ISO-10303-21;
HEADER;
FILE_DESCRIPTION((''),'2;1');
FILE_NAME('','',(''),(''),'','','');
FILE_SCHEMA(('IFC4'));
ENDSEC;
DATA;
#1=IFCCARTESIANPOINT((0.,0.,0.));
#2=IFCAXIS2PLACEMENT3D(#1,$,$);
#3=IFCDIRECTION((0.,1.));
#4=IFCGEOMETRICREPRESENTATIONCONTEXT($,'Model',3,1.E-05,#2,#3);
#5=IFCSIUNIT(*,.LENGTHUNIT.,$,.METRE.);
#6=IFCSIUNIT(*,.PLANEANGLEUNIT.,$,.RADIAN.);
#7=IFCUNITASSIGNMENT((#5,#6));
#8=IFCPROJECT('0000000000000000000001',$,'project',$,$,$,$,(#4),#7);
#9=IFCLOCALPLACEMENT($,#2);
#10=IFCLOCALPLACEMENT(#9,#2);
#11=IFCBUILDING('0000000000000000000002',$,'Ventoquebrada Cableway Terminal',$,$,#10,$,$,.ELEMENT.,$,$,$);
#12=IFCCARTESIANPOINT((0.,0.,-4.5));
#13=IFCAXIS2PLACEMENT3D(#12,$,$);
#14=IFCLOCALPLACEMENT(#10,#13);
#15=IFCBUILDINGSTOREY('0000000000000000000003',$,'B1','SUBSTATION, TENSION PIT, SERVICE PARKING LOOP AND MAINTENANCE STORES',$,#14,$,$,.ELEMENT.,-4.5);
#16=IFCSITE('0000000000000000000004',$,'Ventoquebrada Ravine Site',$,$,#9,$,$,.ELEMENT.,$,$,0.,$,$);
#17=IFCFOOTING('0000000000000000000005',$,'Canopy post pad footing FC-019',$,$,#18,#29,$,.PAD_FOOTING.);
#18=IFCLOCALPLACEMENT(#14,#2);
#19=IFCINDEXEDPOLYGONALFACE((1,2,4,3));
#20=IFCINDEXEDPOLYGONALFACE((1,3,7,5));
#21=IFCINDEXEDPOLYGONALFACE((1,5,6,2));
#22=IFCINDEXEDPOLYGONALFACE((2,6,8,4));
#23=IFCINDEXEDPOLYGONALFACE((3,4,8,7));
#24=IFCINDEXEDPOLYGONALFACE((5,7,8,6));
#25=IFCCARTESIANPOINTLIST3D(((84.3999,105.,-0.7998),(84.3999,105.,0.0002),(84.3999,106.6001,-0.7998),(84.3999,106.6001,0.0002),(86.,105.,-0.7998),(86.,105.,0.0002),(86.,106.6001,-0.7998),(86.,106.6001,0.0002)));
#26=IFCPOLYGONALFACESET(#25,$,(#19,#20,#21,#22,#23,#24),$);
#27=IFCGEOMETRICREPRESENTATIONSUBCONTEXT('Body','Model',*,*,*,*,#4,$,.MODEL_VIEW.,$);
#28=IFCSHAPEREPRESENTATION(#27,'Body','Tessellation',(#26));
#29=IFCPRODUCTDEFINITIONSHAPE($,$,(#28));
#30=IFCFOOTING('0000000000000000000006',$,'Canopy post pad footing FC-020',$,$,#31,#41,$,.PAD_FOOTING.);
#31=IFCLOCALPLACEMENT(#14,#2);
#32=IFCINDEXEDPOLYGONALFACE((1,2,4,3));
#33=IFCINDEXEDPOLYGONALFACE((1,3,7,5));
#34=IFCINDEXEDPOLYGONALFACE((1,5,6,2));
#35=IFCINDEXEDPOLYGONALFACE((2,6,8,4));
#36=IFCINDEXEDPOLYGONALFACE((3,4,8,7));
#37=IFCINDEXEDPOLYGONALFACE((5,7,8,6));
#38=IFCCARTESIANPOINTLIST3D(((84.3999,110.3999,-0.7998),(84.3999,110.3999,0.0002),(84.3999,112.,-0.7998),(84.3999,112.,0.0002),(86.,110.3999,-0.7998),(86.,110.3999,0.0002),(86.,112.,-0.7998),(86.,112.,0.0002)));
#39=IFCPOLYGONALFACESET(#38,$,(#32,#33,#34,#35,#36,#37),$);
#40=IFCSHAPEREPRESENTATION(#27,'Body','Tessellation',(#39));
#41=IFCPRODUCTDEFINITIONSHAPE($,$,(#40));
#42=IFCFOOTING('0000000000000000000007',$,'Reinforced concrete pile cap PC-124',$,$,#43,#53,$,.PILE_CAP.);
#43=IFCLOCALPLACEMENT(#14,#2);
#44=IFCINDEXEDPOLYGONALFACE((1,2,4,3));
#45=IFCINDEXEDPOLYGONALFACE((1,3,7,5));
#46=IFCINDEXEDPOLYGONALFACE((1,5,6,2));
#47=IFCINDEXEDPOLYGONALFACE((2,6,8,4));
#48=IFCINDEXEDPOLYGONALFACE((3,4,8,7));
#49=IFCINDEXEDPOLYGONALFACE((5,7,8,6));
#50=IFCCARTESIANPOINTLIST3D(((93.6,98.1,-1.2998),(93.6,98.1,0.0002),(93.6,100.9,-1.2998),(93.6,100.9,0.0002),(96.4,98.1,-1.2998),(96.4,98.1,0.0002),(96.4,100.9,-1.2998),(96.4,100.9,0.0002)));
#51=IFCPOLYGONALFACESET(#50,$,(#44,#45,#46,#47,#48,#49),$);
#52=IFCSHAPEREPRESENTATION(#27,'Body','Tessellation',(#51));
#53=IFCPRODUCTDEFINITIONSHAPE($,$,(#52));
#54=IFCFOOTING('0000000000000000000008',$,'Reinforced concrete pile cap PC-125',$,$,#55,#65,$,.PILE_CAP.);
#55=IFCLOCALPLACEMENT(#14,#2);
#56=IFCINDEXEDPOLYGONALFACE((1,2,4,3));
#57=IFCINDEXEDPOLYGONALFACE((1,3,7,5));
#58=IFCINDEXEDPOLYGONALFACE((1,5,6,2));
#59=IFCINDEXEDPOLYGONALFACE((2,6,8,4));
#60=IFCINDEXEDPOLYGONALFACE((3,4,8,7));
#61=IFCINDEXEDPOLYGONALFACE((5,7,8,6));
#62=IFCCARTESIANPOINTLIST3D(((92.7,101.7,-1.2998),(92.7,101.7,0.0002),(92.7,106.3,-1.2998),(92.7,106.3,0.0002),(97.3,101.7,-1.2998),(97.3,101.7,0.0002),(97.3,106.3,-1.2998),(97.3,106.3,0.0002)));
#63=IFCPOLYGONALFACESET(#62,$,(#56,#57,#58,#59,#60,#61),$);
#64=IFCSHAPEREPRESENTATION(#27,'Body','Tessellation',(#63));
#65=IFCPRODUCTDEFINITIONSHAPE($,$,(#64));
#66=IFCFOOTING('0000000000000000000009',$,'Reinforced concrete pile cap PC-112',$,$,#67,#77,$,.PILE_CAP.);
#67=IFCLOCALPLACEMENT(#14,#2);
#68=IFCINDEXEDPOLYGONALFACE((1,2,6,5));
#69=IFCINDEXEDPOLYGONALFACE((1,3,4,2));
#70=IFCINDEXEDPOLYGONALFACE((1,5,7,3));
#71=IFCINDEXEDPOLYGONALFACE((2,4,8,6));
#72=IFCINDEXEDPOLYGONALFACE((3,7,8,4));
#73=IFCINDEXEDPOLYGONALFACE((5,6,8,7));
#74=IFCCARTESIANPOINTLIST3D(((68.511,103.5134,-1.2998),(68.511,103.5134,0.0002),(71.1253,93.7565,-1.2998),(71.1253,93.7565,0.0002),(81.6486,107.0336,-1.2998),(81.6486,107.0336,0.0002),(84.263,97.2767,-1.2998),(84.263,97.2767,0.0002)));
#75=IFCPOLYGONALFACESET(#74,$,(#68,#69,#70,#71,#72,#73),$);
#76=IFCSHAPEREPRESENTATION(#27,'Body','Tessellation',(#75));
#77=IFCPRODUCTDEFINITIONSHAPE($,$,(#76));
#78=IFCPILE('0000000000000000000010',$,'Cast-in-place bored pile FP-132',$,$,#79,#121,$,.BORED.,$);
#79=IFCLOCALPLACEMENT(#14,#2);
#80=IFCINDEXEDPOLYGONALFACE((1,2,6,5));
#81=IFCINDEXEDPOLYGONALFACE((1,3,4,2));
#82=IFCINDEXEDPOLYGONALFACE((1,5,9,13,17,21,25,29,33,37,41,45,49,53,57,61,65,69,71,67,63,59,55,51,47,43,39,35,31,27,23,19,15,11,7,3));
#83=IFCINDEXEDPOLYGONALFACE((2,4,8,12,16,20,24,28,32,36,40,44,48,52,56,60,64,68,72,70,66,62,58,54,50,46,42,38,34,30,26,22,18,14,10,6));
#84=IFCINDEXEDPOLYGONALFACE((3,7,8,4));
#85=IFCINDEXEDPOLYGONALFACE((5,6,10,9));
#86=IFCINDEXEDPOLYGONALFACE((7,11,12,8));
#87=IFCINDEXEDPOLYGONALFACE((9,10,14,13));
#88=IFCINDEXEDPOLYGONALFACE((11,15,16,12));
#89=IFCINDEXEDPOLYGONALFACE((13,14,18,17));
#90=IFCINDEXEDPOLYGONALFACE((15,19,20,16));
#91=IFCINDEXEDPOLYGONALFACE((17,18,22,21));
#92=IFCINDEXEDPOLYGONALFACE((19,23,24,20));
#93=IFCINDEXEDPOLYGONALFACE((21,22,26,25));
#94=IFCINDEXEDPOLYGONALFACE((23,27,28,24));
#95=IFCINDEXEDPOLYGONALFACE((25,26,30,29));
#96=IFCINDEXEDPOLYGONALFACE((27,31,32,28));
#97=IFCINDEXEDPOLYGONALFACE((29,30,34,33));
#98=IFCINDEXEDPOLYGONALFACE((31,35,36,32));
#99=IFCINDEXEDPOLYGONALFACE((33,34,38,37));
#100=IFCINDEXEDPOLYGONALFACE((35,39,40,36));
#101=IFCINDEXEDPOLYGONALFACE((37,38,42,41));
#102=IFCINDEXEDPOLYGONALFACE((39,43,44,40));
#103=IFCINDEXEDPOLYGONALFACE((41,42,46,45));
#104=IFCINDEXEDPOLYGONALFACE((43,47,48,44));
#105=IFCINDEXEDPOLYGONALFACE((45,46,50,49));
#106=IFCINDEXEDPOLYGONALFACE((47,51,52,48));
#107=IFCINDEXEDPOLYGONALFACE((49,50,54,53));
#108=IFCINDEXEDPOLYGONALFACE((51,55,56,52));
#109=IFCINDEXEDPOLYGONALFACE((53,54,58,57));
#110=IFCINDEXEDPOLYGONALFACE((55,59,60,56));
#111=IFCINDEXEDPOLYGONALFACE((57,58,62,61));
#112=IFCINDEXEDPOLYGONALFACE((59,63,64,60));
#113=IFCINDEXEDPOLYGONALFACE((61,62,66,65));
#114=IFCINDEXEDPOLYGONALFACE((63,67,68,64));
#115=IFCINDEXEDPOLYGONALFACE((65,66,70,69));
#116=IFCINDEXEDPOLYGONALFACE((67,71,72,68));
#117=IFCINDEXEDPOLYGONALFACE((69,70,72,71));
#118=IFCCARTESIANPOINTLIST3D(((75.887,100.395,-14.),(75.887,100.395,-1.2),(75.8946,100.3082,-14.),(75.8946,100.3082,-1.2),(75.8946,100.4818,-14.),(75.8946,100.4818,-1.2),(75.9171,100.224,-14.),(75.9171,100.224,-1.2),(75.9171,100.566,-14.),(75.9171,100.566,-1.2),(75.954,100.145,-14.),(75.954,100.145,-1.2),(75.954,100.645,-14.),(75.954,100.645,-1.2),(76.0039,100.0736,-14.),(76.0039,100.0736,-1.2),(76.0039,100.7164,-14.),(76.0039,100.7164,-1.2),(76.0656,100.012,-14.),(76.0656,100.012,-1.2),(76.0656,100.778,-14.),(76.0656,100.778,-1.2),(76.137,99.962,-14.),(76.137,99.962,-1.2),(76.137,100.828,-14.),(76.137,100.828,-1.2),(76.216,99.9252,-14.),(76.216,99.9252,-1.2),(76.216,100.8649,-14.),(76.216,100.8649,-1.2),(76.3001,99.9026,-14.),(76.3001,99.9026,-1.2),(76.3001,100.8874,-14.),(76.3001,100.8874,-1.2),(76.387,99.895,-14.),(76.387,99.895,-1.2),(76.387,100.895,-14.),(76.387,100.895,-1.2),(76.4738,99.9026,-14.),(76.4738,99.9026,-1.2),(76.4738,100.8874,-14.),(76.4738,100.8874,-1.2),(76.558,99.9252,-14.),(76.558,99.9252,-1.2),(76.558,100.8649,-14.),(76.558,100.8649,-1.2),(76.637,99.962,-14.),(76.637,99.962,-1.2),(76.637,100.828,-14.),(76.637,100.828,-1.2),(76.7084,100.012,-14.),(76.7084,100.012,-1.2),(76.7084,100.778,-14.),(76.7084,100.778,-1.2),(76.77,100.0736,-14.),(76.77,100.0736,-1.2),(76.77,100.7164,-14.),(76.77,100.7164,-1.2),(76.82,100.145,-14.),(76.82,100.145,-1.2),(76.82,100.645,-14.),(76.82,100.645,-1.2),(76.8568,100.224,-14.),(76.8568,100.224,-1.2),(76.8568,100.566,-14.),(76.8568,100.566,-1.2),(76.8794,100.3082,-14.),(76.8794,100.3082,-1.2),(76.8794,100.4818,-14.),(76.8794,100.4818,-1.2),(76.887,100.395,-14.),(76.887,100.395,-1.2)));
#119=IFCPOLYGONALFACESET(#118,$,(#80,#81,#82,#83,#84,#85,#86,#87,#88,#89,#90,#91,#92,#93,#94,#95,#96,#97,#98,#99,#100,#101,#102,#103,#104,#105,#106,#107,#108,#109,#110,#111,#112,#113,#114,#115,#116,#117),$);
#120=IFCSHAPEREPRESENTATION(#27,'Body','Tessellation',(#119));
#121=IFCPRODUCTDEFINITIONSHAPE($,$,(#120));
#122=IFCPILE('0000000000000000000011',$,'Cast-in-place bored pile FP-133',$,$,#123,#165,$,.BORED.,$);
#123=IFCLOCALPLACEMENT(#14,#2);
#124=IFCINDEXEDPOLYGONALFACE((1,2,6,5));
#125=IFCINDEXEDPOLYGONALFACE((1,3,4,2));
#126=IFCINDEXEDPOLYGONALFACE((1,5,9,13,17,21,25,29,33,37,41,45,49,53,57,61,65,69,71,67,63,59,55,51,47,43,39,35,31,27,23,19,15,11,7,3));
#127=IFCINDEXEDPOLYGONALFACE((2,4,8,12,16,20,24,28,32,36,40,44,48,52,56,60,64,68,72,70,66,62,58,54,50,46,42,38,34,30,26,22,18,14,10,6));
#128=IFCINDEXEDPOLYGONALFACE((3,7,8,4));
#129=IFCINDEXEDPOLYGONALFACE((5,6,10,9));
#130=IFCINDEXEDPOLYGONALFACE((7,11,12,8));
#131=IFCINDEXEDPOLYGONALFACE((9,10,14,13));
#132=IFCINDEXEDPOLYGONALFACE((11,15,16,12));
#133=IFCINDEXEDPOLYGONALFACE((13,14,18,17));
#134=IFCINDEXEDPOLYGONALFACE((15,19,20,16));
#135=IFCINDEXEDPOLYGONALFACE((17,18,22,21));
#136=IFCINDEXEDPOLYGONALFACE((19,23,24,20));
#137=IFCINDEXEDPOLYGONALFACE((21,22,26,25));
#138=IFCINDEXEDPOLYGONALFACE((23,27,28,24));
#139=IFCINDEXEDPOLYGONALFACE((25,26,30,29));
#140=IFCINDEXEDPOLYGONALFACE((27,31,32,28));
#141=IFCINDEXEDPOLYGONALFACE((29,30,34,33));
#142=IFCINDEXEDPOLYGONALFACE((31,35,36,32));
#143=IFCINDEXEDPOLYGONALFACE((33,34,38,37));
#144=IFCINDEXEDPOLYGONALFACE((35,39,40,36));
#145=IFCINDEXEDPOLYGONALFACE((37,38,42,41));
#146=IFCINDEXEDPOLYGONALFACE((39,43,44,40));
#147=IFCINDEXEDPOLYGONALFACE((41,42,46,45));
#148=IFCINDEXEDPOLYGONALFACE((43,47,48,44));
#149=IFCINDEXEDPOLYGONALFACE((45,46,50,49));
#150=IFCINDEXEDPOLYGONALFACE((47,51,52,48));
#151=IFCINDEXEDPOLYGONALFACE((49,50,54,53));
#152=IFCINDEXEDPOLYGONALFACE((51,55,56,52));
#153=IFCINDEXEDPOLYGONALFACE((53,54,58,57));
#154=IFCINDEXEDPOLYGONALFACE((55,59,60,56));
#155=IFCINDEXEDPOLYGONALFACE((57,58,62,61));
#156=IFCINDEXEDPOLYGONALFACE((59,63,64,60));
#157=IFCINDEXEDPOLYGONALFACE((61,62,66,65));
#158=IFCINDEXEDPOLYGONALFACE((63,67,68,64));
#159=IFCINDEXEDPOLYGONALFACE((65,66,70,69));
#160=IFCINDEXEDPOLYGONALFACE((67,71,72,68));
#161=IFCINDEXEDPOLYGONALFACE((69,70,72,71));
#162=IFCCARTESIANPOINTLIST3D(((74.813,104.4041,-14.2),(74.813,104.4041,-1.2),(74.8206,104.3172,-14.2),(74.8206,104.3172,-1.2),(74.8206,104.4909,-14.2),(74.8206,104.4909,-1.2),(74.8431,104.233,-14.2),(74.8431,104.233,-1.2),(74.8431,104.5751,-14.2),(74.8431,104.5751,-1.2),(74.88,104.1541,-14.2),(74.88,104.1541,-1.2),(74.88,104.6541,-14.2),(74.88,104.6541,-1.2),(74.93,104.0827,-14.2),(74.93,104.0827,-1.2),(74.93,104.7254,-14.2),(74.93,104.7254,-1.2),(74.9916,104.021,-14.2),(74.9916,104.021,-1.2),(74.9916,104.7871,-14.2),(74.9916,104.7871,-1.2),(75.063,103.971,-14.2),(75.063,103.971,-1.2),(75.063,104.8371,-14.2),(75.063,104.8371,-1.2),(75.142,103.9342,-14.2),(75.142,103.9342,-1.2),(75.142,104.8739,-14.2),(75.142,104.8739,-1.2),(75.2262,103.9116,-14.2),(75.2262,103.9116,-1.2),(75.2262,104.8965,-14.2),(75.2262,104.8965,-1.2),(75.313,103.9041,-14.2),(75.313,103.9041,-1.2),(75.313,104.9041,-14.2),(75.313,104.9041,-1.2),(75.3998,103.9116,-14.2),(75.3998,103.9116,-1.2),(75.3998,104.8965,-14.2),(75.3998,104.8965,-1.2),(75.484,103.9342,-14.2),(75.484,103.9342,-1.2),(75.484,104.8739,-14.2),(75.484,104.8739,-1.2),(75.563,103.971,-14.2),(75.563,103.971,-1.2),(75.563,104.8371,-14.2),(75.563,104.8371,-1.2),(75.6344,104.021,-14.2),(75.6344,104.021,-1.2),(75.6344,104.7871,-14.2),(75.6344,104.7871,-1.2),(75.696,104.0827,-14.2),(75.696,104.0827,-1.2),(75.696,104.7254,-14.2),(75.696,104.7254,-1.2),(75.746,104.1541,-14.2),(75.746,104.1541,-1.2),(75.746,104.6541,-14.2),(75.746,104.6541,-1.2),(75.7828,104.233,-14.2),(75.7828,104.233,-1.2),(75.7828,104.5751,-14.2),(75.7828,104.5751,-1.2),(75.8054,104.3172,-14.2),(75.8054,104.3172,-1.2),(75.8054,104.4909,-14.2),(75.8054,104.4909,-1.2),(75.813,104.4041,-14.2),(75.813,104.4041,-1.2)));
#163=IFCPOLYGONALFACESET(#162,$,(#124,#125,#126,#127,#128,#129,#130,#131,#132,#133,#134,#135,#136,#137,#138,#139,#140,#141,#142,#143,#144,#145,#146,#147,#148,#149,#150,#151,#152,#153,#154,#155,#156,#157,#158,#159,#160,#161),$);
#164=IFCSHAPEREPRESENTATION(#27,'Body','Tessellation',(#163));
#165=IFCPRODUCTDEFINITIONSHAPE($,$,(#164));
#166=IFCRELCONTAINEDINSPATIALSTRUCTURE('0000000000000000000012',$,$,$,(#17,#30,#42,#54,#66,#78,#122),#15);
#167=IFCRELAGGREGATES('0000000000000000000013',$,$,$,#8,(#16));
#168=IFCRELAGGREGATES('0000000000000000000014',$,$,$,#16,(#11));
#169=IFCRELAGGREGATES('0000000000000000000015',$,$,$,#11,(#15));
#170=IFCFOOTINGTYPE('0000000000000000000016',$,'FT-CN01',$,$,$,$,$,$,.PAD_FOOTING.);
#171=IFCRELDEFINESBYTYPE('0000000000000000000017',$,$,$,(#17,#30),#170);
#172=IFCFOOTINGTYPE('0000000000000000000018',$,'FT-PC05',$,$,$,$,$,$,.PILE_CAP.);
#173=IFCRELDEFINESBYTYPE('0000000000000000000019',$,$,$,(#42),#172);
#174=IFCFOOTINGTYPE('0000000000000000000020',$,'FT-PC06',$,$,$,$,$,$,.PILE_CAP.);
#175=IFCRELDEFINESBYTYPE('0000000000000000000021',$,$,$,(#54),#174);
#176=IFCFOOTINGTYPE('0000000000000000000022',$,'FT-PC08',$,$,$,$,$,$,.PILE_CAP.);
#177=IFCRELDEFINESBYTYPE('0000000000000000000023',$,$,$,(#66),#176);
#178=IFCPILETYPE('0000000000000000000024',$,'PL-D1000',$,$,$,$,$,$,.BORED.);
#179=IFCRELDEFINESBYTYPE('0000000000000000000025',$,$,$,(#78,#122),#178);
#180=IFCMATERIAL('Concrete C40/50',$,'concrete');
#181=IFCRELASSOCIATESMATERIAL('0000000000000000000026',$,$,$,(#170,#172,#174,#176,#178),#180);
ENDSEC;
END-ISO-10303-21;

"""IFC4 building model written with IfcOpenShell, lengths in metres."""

from ifc_helpers import new_model, si_unit, direction, frame, origin, origin_2d, place, context, subcontext, project, spatial, rectangle, circle, extrude, material, material_profile, profile_set, type_object, element, save


model = new_model("IFC4")

# Units and contexts
model_context = context("Model", 3, precision=1e-05, world=origin(), true_north=direction((0.0, 1.0)))
body_context = subcontext(model_context, "Body", "Model", "MODEL_VIEW")
ifc_project = project(units=[si_unit("LENGTHUNIT", "METRE"), si_unit("PLANEANGLEUNIT", "RADIAN")], contexts=[model_context])

# Site, building, storey
site_placement = place(None, origin())
site = spatial("IfcSite", under=ifc_project, at=site_placement, Name="Ventoquebrada Ravine Site", CompositionType="ELEMENT", RefElevation=0.0)
building_placement = place(site_placement, origin())
building = spatial("IfcBuilding", under=site, at=building_placement, Name="Ventoquebrada Cableway Terminal", CompositionType="ELEMENT")
storey_placement = place(building_placement, frame((0.0, 0.0, -4.5)))
storey = spatial("IfcBuildingStorey", under=building, at=storey_placement, Name="B1", Description="SUBSTATION, TENSION PIT, SERVICE PARKING LOOP AND MAINTENANCE STORES", CompositionType="ELEMENT", Elevation=-4.5)

# Footings
ifc_material = material(Name="Concrete C40/50", Category="concrete")
footing_type_1 = type_object("IfcFootingType", Name="FT-CN01", PredefinedType="PAD_FOOTING", material=ifc_material)
for number, where, z_axis, x_axis, name in (
    (1, (85.2, 105.8, -0.7998), (0.0, 0.0, 1.0), (1.0, 0.0, 0.0), "Canopy post pad footing FC-019"),
    (2, (85.2, 111.2, -0.7998), (0.0, 0.0, 1.0), (1.0, 0.0, 0.0), "Canopy post pad footing FC-020"),
):
    element("IfcFooting", number, at=place(storey_placement, frame(where, z_axis=z_axis, x_axis=x_axis)), inside=storey, type_object=footing_type_1, Name=name, PredefinedType="PAD_FOOTING", context=body_context, shape_type="SweptSolid", body=[
        extrude(rectangle(XDim=1.6001, YDim=1.6001, at=origin_2d()), origin(), (0.0, 0.0, 1.0), 0.8),
    ])
footing_type_2 = type_object("IfcFootingType", Name="FT-PC05", PredefinedType="PILE_CAP", material=ifc_material)
footing_1_placement = place(storey_placement, frame((95.0, 99.5, -1.2998), z_axis=(0.0, 0.0, 1.0), x_axis=(1.0, 0.0, 0.0)))
element("IfcFooting", 3, at=footing_1_placement, inside=storey, type_object=footing_type_2, Name="Reinforced concrete pile cap PC-124", PredefinedType="PILE_CAP", context=body_context, shape_type="SweptSolid", body=[
    extrude(rectangle(XDim=2.8, YDim=2.8, at=origin_2d()), origin(), (0.0, 0.0, 1.0), 1.3),
])
footing_type_3 = type_object("IfcFootingType", Name="FT-PC06", PredefinedType="PILE_CAP", material=ifc_material)
footing_2_placement = place(storey_placement, frame((95.0, 104.0, -1.2998), z_axis=(0.0, 0.0, 1.0), x_axis=(1.0, 0.0, 0.0)))
element("IfcFooting", 4, at=footing_2_placement, inside=storey, type_object=footing_type_3, Name="Reinforced concrete pile cap PC-125", PredefinedType="PILE_CAP", context=body_context, shape_type="SweptSolid", body=[
    extrude(rectangle(XDim=4.6001, YDim=4.6001, at=origin_2d()), origin(), (0.0, 0.0, 1.0), 1.3),
])
footing_type_4 = type_object("IfcFootingType", Name="FT-PC08", PredefinedType="PILE_CAP", material=ifc_material)
footing_3_placement = place(storey_placement, frame((76.387, 100.395, -1.2998), z_axis=(0.0, 0.0, 1.0), x_axis=(0.965926, 0.258819, 0.0)))
element("IfcFooting", 5, at=footing_3_placement, inside=storey, type_object=footing_type_4, Name="Reinforced concrete pile cap PC-112", PredefinedType="PILE_CAP", context=body_context, shape_type="SweptSolid", body=[
    extrude(rectangle(XDim=13.6011, YDim=10.1011, at=origin_2d()), origin(), (0.0, 0.0, 1.0), 1.3),
])

# Piles
ifc_material_profile_1 = material_profile(ifc_material, circle(Radius=0.5, at=origin_2d()), Name="PILE-D1000")
ifc_profile_set_1 = profile_set([ifc_material_profile_1], Name="Concrete C40/50")
pile_type = type_object("IfcPileType", Name="PL-D1000", PredefinedType="BORED", material=ifc_profile_set_1)
pile_1_placement = place(storey_placement, frame((76.387, 100.395, -1.2), z_axis=(0.0, 0.0, -1.0), x_axis=(1.0, 0.0, 0.0)))
element("IfcPile", 6, at=pile_1_placement, inside=storey, type_object=pile_type, Name="Cast-in-place bored pile FP-132", PredefinedType="BORED", context=body_context, shape_type="SweptSolid", body=[
    extrude(circle(Radius=0.5, at=origin_2d()), origin(), (0.0, 0.0, 1.0), 12.8),
])
pile_2_placement = place(storey_placement, frame((75.313, 104.4041, -1.2), z_axis=(0.0, 0.0, -1.0), x_axis=(1.0, 0.0, 0.0)))
element("IfcPile", 7, at=pile_2_placement, inside=storey, type_object=pile_type, Name="Cast-in-place bored pile FP-133", PredefinedType="BORED", context=body_context, shape_type="SweptSolid", body=[
    extrude(circle(Radius=0.5, at=origin_2d()), origin(), (0.0, 0.0, 1.0), 13.0),
])

save(model, "model.ifc")
